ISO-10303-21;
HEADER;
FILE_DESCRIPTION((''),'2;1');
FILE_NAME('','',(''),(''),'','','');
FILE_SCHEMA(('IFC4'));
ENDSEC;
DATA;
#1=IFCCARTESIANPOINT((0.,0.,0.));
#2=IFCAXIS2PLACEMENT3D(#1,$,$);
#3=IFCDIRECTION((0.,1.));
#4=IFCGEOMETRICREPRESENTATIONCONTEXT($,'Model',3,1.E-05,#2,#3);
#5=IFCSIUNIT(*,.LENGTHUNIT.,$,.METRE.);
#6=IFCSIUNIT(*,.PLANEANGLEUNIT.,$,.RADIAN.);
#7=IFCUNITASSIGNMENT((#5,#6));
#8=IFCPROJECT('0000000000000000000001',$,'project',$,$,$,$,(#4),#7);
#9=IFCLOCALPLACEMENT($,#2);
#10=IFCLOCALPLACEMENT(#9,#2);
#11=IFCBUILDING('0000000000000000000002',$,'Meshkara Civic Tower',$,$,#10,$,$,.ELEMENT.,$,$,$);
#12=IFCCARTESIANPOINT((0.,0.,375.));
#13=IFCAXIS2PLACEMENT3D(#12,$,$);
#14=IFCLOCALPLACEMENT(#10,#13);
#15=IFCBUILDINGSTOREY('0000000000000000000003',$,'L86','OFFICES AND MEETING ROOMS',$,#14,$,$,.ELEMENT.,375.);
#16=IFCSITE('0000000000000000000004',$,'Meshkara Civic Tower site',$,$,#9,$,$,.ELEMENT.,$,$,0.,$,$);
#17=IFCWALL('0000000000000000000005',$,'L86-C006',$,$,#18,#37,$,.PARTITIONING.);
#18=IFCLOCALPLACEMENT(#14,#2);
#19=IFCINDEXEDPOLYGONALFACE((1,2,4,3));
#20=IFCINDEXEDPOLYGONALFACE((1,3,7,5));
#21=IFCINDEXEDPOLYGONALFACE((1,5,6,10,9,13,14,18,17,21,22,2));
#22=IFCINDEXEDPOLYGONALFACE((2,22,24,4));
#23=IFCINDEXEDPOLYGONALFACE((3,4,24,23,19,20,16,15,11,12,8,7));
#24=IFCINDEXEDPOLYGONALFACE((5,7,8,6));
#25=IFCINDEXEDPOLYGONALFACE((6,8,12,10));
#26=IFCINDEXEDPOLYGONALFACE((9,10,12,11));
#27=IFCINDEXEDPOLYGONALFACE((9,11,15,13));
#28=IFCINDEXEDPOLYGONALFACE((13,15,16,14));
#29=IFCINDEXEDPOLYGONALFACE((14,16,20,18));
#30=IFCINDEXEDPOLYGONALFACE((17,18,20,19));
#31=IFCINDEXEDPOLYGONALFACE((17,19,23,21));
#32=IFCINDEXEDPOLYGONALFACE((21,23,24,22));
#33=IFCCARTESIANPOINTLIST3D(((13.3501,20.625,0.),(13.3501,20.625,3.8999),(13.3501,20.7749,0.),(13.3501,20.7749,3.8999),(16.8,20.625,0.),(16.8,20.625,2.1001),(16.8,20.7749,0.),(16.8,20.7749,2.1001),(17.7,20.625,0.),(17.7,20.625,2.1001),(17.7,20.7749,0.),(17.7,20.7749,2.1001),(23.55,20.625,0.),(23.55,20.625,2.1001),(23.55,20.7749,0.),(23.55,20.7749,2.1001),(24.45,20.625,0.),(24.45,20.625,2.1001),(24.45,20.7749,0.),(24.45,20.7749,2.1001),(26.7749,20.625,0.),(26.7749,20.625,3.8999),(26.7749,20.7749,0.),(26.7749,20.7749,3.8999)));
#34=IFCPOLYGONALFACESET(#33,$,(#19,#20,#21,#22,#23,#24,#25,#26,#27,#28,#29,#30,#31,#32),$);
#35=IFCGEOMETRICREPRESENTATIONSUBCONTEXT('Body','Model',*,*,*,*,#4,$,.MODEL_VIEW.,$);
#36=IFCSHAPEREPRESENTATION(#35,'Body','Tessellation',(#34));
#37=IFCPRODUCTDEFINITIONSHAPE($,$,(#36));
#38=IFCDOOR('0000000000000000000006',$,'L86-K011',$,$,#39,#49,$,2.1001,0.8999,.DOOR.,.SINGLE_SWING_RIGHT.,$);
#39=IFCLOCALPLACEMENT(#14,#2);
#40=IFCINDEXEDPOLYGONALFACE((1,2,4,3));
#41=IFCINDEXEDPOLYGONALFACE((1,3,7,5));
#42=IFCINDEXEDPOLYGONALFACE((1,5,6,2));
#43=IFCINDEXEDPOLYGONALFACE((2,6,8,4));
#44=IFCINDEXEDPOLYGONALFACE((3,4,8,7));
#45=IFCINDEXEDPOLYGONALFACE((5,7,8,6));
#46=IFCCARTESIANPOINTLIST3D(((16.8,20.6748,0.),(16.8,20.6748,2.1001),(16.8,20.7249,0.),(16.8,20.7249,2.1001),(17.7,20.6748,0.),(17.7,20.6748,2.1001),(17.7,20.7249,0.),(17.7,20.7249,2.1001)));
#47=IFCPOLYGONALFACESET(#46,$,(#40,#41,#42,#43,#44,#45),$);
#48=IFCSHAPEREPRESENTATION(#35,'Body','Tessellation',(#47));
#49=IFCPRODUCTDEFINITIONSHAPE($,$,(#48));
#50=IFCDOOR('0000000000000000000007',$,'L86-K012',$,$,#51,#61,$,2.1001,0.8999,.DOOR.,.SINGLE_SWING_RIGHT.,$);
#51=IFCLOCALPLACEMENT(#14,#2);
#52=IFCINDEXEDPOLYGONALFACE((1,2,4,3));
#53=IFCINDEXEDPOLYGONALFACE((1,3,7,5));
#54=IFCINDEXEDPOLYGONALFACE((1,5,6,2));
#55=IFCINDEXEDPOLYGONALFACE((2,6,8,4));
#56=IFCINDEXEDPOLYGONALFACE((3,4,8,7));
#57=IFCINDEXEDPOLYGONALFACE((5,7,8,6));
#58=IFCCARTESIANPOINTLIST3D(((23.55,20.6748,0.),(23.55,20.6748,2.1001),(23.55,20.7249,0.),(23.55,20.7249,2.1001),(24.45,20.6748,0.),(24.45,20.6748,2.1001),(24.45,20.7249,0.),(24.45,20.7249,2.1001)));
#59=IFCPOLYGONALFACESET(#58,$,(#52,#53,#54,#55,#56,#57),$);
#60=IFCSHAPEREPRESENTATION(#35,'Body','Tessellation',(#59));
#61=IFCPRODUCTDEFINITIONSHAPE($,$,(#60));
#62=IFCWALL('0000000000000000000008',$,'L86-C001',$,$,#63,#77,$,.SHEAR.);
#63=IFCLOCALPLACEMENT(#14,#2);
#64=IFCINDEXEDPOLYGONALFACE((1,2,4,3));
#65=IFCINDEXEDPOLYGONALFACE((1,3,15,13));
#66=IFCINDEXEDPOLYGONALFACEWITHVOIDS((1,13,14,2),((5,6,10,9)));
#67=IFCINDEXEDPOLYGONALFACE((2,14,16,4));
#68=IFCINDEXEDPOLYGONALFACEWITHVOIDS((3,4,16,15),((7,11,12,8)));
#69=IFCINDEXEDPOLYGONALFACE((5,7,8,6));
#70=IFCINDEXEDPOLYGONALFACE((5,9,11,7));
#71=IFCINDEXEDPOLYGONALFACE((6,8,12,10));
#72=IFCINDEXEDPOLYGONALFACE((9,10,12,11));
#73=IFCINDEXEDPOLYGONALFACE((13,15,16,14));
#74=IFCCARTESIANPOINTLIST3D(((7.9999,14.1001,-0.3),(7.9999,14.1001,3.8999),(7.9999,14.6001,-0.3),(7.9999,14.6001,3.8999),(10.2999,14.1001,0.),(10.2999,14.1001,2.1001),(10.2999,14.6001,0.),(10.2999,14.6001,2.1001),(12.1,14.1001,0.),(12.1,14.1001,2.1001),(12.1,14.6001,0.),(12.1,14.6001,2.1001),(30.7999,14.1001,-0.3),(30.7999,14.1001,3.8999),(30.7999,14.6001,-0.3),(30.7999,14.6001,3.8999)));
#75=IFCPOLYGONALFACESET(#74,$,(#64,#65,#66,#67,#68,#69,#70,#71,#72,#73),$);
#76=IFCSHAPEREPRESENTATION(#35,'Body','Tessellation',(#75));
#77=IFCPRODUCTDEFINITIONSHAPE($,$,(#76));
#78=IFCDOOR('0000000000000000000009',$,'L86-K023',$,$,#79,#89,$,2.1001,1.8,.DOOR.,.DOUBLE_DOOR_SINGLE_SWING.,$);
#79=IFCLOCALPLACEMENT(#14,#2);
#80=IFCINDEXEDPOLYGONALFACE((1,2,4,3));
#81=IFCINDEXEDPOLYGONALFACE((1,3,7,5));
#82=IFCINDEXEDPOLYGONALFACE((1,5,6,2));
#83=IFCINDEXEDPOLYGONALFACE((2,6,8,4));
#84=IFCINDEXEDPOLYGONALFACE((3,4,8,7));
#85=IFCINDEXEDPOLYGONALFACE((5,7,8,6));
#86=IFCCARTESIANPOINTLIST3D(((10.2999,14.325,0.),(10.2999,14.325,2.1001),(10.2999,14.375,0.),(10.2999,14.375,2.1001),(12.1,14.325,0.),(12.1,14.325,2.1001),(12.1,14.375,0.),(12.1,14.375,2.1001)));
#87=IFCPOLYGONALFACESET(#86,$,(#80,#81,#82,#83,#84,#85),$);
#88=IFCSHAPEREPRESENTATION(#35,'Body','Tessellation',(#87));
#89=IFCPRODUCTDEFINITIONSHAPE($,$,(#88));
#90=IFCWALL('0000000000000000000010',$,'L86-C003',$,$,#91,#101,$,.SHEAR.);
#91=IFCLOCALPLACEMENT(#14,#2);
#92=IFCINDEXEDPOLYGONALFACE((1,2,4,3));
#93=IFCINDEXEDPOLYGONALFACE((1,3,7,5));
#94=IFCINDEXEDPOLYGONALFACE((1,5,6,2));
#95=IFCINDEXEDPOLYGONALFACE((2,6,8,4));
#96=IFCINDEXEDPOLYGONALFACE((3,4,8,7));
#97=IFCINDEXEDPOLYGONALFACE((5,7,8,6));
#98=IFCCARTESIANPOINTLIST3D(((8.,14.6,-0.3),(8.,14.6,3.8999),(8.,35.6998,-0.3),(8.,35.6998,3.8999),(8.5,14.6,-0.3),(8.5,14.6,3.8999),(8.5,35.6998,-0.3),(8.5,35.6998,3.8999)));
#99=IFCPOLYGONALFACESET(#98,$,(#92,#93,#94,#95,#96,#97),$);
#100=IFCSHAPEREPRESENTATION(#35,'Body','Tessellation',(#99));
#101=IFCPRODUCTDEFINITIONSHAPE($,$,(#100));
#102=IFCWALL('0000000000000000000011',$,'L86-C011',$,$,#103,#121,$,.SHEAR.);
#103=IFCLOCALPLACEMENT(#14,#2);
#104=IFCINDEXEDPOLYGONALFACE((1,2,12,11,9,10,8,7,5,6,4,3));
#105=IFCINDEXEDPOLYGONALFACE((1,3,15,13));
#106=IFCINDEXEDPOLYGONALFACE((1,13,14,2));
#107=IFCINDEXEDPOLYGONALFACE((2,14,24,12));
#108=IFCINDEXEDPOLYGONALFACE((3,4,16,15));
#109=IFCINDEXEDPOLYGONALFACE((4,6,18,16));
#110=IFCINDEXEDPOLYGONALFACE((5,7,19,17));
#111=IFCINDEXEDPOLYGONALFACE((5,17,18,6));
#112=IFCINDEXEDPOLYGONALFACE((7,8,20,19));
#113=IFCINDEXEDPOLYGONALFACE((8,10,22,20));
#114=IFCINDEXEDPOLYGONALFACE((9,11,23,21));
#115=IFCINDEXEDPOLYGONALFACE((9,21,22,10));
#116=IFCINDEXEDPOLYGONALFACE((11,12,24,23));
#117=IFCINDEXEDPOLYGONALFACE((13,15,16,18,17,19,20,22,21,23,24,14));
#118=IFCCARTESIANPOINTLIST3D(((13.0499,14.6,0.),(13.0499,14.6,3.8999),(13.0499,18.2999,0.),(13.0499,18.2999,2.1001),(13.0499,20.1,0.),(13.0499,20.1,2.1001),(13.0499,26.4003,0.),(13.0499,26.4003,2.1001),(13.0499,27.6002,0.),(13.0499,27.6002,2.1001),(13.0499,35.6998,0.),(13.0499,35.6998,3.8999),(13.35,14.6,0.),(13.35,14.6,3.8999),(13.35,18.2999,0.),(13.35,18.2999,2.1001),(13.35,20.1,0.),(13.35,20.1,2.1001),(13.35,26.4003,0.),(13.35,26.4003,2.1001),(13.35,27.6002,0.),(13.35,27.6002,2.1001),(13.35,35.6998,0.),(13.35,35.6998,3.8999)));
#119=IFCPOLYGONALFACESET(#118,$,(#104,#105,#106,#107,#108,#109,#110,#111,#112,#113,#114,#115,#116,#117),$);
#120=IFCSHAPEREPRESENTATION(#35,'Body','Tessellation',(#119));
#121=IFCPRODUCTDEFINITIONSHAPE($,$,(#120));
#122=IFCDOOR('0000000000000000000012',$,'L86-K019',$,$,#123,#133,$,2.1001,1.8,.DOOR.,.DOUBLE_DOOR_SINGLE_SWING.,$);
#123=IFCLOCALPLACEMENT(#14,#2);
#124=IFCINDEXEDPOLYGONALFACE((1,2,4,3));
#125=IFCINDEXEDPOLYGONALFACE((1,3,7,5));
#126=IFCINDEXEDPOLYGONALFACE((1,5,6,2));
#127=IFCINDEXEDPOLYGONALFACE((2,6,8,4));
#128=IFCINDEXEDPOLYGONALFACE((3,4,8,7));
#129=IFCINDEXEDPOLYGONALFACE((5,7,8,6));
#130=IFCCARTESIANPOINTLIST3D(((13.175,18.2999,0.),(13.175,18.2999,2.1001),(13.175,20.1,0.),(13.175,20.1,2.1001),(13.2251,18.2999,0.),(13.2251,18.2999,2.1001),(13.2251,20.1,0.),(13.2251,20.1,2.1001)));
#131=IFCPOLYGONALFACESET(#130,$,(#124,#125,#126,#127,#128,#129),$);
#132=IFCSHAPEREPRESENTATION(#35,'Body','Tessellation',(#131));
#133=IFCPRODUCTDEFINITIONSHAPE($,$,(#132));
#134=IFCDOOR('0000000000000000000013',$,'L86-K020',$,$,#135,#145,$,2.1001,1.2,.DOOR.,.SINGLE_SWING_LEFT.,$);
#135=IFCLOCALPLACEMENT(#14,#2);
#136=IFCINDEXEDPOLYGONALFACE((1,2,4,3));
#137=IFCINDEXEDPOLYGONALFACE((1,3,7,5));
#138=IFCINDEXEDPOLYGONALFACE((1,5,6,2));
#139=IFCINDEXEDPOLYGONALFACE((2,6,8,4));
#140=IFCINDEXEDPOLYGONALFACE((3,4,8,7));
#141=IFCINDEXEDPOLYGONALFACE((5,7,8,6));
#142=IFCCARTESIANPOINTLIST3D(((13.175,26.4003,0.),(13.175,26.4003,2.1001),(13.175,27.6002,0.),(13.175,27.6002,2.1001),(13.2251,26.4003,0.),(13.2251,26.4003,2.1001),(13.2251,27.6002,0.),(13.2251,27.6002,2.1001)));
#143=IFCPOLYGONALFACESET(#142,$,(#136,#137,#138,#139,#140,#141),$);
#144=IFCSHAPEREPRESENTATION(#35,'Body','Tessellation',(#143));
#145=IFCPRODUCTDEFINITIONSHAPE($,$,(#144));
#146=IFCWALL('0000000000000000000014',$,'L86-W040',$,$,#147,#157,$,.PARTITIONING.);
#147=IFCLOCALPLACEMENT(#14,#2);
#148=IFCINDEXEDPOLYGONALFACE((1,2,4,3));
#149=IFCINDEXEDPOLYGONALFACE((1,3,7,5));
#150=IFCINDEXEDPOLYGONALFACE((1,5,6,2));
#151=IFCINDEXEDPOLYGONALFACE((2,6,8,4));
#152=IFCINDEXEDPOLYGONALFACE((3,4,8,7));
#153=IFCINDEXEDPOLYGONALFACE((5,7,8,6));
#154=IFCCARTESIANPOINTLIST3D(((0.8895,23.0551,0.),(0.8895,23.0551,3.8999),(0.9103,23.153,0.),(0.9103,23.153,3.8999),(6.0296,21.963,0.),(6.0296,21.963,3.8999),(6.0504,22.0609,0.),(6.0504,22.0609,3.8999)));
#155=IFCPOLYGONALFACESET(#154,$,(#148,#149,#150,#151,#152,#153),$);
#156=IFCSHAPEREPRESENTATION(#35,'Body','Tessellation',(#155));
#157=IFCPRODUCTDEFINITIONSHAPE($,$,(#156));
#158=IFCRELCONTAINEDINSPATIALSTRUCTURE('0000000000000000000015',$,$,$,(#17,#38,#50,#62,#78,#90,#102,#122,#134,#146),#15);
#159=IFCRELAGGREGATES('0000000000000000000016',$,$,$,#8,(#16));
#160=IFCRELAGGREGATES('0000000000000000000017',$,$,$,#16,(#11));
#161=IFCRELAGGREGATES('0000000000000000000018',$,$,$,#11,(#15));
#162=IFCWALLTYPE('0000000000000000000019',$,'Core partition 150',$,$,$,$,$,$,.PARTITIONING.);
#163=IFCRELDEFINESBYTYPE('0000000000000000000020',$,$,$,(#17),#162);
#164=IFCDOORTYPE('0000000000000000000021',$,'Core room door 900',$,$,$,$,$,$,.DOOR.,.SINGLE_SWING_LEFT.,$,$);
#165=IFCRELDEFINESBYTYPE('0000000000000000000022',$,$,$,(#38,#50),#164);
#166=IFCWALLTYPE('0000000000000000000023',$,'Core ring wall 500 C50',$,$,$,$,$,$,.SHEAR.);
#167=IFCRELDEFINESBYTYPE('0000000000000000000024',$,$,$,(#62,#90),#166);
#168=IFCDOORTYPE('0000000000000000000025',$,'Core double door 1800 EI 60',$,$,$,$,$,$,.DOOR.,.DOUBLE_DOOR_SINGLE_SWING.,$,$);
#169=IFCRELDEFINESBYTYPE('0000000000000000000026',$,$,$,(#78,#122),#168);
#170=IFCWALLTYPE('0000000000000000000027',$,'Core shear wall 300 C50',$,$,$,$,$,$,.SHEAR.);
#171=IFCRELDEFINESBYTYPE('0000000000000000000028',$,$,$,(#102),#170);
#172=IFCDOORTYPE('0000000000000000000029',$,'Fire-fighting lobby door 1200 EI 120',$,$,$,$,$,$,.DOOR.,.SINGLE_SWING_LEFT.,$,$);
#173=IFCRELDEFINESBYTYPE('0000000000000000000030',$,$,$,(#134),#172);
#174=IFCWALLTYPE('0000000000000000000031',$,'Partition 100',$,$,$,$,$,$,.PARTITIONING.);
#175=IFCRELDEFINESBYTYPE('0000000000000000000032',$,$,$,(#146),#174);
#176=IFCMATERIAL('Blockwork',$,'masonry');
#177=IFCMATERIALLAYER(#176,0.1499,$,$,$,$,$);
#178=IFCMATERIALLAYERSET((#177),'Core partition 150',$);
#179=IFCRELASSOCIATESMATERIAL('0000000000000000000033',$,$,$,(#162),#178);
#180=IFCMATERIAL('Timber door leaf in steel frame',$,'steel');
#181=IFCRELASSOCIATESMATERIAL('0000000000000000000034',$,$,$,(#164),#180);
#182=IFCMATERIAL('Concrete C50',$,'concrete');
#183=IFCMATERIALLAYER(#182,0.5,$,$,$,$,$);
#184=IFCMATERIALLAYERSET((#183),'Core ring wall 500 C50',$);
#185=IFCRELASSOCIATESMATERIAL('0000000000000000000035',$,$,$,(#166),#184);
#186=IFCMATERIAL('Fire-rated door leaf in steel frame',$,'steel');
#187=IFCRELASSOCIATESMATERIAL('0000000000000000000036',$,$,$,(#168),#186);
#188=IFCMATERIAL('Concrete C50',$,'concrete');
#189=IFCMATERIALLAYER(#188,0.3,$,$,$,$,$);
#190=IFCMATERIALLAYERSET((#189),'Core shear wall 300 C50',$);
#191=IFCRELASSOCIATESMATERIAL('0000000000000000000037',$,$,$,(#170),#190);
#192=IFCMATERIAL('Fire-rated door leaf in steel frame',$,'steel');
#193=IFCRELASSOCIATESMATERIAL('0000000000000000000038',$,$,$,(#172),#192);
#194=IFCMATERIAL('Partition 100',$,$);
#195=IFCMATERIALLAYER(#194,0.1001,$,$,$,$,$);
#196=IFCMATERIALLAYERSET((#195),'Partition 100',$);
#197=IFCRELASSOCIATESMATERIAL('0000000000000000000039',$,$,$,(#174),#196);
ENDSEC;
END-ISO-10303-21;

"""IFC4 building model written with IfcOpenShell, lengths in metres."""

from ifc_helpers import new_model, si_unit, direction, frame, frame_2d, origin, place, context, subcontext, project, spatial, rectangle, extrude, material, layer, layer_set, type_object, element, fill, save


model = new_model("IFC4")

# Units and contexts
model_context = context("Model", 3, precision=1e-05, world=origin(), true_north=direction((0.0, 1.0)))
body_context = subcontext(model_context, "Body", "Model", "MODEL_VIEW")
ifc_project = project(units=[si_unit("LENGTHUNIT", "METRE"), si_unit("PLANEANGLEUNIT", "RADIAN")], contexts=[model_context])

# Site, building, storey
site_placement = place(None, origin())
site = spatial("IfcSite", under=ifc_project, at=site_placement, Name="Meshkara Civic Tower site", CompositionType="ELEMENT", RefElevation=0.0)
building_placement = place(site_placement, origin())
building = spatial("IfcBuilding", under=site, at=building_placement, Name="Meshkara Civic Tower", CompositionType="ELEMENT")
storey_placement = place(building_placement, frame((0.0, 0.0, 375.0)))
storey = spatial("IfcBuildingStorey", under=building, at=storey_placement, Name="L86", Description="OFFICES AND MEETING ROOMS", CompositionType="ELEMENT", Elevation=375.0)

# Wall, openings, doors
ifc_material_1 = material(Name="Blockwork", Category="masonry")
ifc_layer_1 = layer(ifc_material_1, 0.1499)
ifc_layer_set_1 = layer_set([ifc_layer_1], Name="Core partition 150")
wall_type_1 = type_object("IfcWallType", Name="Core partition 150", PredefinedType="PARTITIONING", material=ifc_layer_set_1)
wall_1_placement = place(storey_placement, frame((13.3501, 20.7, 0.0), z_axis=(0.0, 0.0, 1.0), x_axis=(1.0, 0.0, 0.0)))
wall_1 = element("IfcWall", 1, at=wall_1_placement, inside=storey, type_object=wall_type_1, Name="L86-C006", PredefinedType="PARTITIONING", context=body_context, shape_type="SweptSolid", body=[
    extrude(rectangle(XDim=13.4248, YDim=0.1499, at=frame_2d((6.7124, 0.0))), origin(), (0.0, 0.0, 1.0), 3.8999),
])
opening_1_placement = place(wall_1_placement, frame((3.45, 0.0, 0.0)))
opening_1 = element("IfcOpeningElement", 2, at=opening_1_placement, cuts=wall_1, PredefinedType="OPENING", context=body_context, shape_type="SweptSolid", body=[
    extrude(rectangle(XDim=0.8999, YDim=2.1001, at=frame_2d((0.45, 1.05))), frame((0.0, 0.085, 0.0), z_axis=(0.0, -1.0, 0.0), x_axis=(1.0, 0.0, 0.0)), (0.0, 0.0, 1.0), 0.1699),
])
opening_2_placement = place(wall_1_placement, frame((10.2, 0.0, 0.0)))
opening_2 = element("IfcOpeningElement", 3, at=opening_2_placement, cuts=wall_1, PredefinedType="OPENING", context=body_context, shape_type="SweptSolid", body=[
    extrude(rectangle(XDim=0.8999, YDim=2.1001, at=frame_2d((0.45, 1.05))), frame((0.0, 0.085, 0.0), z_axis=(0.0, -1.0, 0.0), x_axis=(1.0, 0.0, 0.0)), (0.0, 0.0, 1.0), 0.1699),
])
ifc_material_2 = material(Name="Timber door leaf in steel frame", Category="steel")
door_type_1 = type_object("IfcDoorType", Name="Core room door 900", OperationType="SINGLE_SWING_LEFT", PredefinedType="DOOR", material=ifc_material_2)
door_1_placement = place(opening_1_placement, origin())
door_1 = element("IfcDoor", 4, at=door_1_placement, inside=storey, type_object=door_type_1, Name="L86-K011", OperationType="SINGLE_SWING_RIGHT", OverallHeight=2.1001, OverallWidth=0.8999, PredefinedType="DOOR", context=body_context, shape_type="SweptSolid", body=[
    extrude(rectangle(XDim=0.8999, YDim=2.1001, at=frame_2d((0.45, 1.05))), frame((0.0, 0.0249, 0.0), z_axis=(0.0, -1.0, 0.0), x_axis=(1.0, 0.0, 0.0)), (0.0, 0.0, 1.0), 0.05),
])
fill(opening_1, door_1)
door_2_placement = place(opening_2_placement, origin())
door_2 = element("IfcDoor", 5, at=door_2_placement, inside=storey, type_object=door_type_1, Name="L86-K012", OperationType="SINGLE_SWING_RIGHT", OverallHeight=2.1001, OverallWidth=0.8999, PredefinedType="DOOR", context=body_context, shape_type="SweptSolid", body=[
    extrude(rectangle(XDim=0.8999, YDim=2.1001, at=frame_2d((0.45, 1.05))), frame((0.0, 0.0249, 0.0), z_axis=(0.0, -1.0, 0.0), x_axis=(1.0, 0.0, 0.0)), (0.0, 0.0, 1.0), 0.05),
])
fill(opening_2, door_2)

# Wall, opening, door
ifc_material_3 = material(Name="Concrete C50", Category="concrete")
ifc_layer_2 = layer(ifc_material_3, 0.5)
ifc_layer_set_2 = layer_set([ifc_layer_2], Name="Core ring wall 500 C50")
wall_type_2 = type_object("IfcWallType", Name="Core ring wall 500 C50", PredefinedType="SHEAR", material=ifc_layer_set_2)
wall_2_placement = place(storey_placement, frame((8.0, 14.3501, -0.3), z_axis=(0.0, 0.0, 1.0), x_axis=(1.0, 0.0, 0.0)))
wall_2 = element("IfcWall", 6, at=wall_2_placement, inside=storey, type_object=wall_type_2, Name="L86-C001", PredefinedType="SHEAR", context=body_context, shape_type="SweptSolid", body=[
    extrude(rectangle(XDim=22.8, YDim=0.5, at=frame_2d((11.3999, 0.0))), origin(), (0.0, 0.0, 1.0), 4.2),
])
opening_3_placement = place(wall_2_placement, frame((2.3, 0.0, 0.3)))
opening_3 = element("IfcOpeningElement", 7, at=opening_3_placement, cuts=wall_2, PredefinedType="OPENING", context=body_context, shape_type="SweptSolid", body=[
    extrude(rectangle(XDim=1.8, YDim=2.1001, at=frame_2d((0.8999, 1.05))), frame((0.0, 0.26, 0.0), z_axis=(0.0, -1.0, 0.0), x_axis=(1.0, 0.0, 0.0)), (0.0, 0.0, 1.0), 0.52),
])
ifc_material_4 = material(Name="Fire-rated door leaf in steel frame", Category="steel")
door_type_2 = type_object("IfcDoorType", Name="Core double door 1800 EI 60", OperationType="DOUBLE_DOOR_SINGLE_SWING", PredefinedType="DOOR", material=ifc_material_4)
door_3_placement = place(opening_3_placement, origin())
door_3 = element("IfcDoor", 8, at=door_3_placement, inside=storey, type_object=door_type_2, Name="L86-K023", OperationType="DOUBLE_DOOR_SINGLE_SWING", OverallHeight=2.1001, OverallWidth=1.8, PredefinedType="DOOR", context=body_context, shape_type="SweptSolid", body=[
    extrude(rectangle(XDim=1.8, YDim=2.1001, at=frame_2d((0.8999, 1.05))), frame((0.0, 0.0249, 0.0), z_axis=(0.0, -1.0, 0.0), x_axis=(1.0, 0.0, 0.0)), (0.0, 0.0, 1.0), 0.05),
])
fill(opening_3, door_3)

# Wall
wall_3_placement = place(storey_placement, frame((8.25, 14.6001, -0.3), z_axis=(0.0, 0.0, 1.0), x_axis=(0.0, 1.0, 0.0)))
element("IfcWall", 9, at=wall_3_placement, inside=storey, type_object=wall_type_2, Name="L86-C003", PredefinedType="SHEAR", context=body_context, shape_type="SweptSolid", body=[
    extrude(rectangle(XDim=21.0999, YDim=0.5, at=frame_2d((10.5498, 0.0))), origin(), (0.0, 0.0, 1.0), 4.2),
])

# Wall, openings, doors
ifc_material_5 = material(Name="Concrete C50", Category="concrete")
ifc_layer_3 = layer(ifc_material_5, 0.3)
ifc_layer_set_3 = layer_set([ifc_layer_3], Name="Core shear wall 300 C50")
wall_type_3 = type_object("IfcWallType", Name="Core shear wall 300 C50", PredefinedType="SHEAR", material=ifc_layer_set_3)
wall_4_placement = place(storey_placement, frame((13.2, 14.6001, 0.0), z_axis=(0.0, 0.0, 1.0), x_axis=(0.0, 1.0, 0.0)))
wall_4 = element("IfcWall", 10, at=wall_4_placement, inside=storey, type_object=wall_type_3, Name="L86-C011", PredefinedType="SHEAR", context=body_context, shape_type="SweptSolid", body=[
    extrude(rectangle(XDim=21.0999, YDim=0.3, at=frame_2d((10.5498, 0.0))), origin(), (0.0, 0.0, 1.0), 3.8999),
])
opening_4_placement = place(wall_4_placement, frame((3.7, 0.0, 0.0)))
opening_4 = element("IfcOpeningElement", 11, at=opening_4_placement, cuts=wall_4, PredefinedType="OPENING", context=body_context, shape_type="SweptSolid", body=[
    extrude(rectangle(XDim=1.8, YDim=2.1001, at=frame_2d((0.8999, 1.05))), frame((0.0, 0.1599, 0.0), z_axis=(0.0, -1.0, 0.0), x_axis=(1.0, 0.0, 0.0)), (0.0, 0.0, 1.0), 0.3201),
])
opening_5_placement = place(wall_4_placement, frame((11.8, 0.0, 0.0)))
opening_5 = element("IfcOpeningElement", 12, at=opening_5_placement, cuts=wall_4, PredefinedType="OPENING", context=body_context, shape_type="SweptSolid", body=[
    extrude(rectangle(XDim=1.2, YDim=2.1001, at=frame_2d((0.6001, 1.05))), frame((0.0, 0.1599, 0.0), z_axis=(0.0, -1.0, 0.0), x_axis=(1.0, 0.0, 0.0)), (0.0, 0.0, 1.0), 0.3201),
])
door_4_placement = place(opening_4_placement, origin())
door_4 = element("IfcDoor", 13, at=door_4_placement, inside=storey, type_object=door_type_2, Name="L86-K019", OperationType="DOUBLE_DOOR_SINGLE_SWING", OverallHeight=2.1001, OverallWidth=1.8, PredefinedType="DOOR", context=body_context, shape_type="SweptSolid", body=[
    extrude(rectangle(XDim=1.8, YDim=2.1001, at=frame_2d((0.8999, 1.05))), frame((0.0, 0.0249, 0.0), z_axis=(0.0, -1.0, 0.0), x_axis=(1.0, 0.0, 0.0)), (0.0, 0.0, 1.0), 0.05),
])
fill(opening_4, door_4)
ifc_material_6 = material(Name="Fire-rated door leaf in steel frame", Category="steel")
door_type_3 = type_object("IfcDoorType", Name="Fire-fighting lobby door 1200 EI 120", OperationType="SINGLE_SWING_LEFT", PredefinedType="DOOR", material=ifc_material_6)
door_5_placement = place(opening_5_placement, origin())
door_5 = element("IfcDoor", 14, at=door_5_placement, inside=storey, type_object=door_type_3, Name="L86-K020", OperationType="SINGLE_SWING_LEFT", OverallHeight=2.1001, OverallWidth=1.2, PredefinedType="DOOR", context=body_context, shape_type="SweptSolid", body=[
    extrude(rectangle(XDim=1.2, YDim=2.1001, at=frame_2d((0.6001, 1.05))), frame((0.0, 0.0249, 0.0), z_axis=(0.0, -1.0, 0.0), x_axis=(1.0, 0.0, 0.0)), (0.0, 0.0, 1.0), 0.05),
])
fill(opening_5, door_5)

# Wall
ifc_material_7 = material(Name="Partition 100")
ifc_layer_4 = layer(ifc_material_7, 0.1001)
ifc_layer_set_4 = layer_set([ifc_layer_4], Name="Partition 100")
wall_type_4 = type_object("IfcWallType", Name="Partition 100", PredefinedType="PARTITIONING", material=ifc_layer_set_4)
wall_5_placement = place(storey_placement, frame((6.04, 22.012, 0.0), z_axis=(0.0, 0.0, 1.0), x_axis=(-0.978168, 0.207815, 0.0)))
element("IfcWall", 15, at=wall_5_placement, inside=storey, type_object=wall_type_4, Name="L86-W040", PredefinedType="PARTITIONING", context=body_context, shape_type="SweptSolid", body=[
    extrude(rectangle(XDim=5.2549, YDim=0.1001, at=frame_2d((2.6274, 0.0))), origin(), (0.0, 0.0, 1.0), 3.8999),
])

save(model, "model.ifc")
